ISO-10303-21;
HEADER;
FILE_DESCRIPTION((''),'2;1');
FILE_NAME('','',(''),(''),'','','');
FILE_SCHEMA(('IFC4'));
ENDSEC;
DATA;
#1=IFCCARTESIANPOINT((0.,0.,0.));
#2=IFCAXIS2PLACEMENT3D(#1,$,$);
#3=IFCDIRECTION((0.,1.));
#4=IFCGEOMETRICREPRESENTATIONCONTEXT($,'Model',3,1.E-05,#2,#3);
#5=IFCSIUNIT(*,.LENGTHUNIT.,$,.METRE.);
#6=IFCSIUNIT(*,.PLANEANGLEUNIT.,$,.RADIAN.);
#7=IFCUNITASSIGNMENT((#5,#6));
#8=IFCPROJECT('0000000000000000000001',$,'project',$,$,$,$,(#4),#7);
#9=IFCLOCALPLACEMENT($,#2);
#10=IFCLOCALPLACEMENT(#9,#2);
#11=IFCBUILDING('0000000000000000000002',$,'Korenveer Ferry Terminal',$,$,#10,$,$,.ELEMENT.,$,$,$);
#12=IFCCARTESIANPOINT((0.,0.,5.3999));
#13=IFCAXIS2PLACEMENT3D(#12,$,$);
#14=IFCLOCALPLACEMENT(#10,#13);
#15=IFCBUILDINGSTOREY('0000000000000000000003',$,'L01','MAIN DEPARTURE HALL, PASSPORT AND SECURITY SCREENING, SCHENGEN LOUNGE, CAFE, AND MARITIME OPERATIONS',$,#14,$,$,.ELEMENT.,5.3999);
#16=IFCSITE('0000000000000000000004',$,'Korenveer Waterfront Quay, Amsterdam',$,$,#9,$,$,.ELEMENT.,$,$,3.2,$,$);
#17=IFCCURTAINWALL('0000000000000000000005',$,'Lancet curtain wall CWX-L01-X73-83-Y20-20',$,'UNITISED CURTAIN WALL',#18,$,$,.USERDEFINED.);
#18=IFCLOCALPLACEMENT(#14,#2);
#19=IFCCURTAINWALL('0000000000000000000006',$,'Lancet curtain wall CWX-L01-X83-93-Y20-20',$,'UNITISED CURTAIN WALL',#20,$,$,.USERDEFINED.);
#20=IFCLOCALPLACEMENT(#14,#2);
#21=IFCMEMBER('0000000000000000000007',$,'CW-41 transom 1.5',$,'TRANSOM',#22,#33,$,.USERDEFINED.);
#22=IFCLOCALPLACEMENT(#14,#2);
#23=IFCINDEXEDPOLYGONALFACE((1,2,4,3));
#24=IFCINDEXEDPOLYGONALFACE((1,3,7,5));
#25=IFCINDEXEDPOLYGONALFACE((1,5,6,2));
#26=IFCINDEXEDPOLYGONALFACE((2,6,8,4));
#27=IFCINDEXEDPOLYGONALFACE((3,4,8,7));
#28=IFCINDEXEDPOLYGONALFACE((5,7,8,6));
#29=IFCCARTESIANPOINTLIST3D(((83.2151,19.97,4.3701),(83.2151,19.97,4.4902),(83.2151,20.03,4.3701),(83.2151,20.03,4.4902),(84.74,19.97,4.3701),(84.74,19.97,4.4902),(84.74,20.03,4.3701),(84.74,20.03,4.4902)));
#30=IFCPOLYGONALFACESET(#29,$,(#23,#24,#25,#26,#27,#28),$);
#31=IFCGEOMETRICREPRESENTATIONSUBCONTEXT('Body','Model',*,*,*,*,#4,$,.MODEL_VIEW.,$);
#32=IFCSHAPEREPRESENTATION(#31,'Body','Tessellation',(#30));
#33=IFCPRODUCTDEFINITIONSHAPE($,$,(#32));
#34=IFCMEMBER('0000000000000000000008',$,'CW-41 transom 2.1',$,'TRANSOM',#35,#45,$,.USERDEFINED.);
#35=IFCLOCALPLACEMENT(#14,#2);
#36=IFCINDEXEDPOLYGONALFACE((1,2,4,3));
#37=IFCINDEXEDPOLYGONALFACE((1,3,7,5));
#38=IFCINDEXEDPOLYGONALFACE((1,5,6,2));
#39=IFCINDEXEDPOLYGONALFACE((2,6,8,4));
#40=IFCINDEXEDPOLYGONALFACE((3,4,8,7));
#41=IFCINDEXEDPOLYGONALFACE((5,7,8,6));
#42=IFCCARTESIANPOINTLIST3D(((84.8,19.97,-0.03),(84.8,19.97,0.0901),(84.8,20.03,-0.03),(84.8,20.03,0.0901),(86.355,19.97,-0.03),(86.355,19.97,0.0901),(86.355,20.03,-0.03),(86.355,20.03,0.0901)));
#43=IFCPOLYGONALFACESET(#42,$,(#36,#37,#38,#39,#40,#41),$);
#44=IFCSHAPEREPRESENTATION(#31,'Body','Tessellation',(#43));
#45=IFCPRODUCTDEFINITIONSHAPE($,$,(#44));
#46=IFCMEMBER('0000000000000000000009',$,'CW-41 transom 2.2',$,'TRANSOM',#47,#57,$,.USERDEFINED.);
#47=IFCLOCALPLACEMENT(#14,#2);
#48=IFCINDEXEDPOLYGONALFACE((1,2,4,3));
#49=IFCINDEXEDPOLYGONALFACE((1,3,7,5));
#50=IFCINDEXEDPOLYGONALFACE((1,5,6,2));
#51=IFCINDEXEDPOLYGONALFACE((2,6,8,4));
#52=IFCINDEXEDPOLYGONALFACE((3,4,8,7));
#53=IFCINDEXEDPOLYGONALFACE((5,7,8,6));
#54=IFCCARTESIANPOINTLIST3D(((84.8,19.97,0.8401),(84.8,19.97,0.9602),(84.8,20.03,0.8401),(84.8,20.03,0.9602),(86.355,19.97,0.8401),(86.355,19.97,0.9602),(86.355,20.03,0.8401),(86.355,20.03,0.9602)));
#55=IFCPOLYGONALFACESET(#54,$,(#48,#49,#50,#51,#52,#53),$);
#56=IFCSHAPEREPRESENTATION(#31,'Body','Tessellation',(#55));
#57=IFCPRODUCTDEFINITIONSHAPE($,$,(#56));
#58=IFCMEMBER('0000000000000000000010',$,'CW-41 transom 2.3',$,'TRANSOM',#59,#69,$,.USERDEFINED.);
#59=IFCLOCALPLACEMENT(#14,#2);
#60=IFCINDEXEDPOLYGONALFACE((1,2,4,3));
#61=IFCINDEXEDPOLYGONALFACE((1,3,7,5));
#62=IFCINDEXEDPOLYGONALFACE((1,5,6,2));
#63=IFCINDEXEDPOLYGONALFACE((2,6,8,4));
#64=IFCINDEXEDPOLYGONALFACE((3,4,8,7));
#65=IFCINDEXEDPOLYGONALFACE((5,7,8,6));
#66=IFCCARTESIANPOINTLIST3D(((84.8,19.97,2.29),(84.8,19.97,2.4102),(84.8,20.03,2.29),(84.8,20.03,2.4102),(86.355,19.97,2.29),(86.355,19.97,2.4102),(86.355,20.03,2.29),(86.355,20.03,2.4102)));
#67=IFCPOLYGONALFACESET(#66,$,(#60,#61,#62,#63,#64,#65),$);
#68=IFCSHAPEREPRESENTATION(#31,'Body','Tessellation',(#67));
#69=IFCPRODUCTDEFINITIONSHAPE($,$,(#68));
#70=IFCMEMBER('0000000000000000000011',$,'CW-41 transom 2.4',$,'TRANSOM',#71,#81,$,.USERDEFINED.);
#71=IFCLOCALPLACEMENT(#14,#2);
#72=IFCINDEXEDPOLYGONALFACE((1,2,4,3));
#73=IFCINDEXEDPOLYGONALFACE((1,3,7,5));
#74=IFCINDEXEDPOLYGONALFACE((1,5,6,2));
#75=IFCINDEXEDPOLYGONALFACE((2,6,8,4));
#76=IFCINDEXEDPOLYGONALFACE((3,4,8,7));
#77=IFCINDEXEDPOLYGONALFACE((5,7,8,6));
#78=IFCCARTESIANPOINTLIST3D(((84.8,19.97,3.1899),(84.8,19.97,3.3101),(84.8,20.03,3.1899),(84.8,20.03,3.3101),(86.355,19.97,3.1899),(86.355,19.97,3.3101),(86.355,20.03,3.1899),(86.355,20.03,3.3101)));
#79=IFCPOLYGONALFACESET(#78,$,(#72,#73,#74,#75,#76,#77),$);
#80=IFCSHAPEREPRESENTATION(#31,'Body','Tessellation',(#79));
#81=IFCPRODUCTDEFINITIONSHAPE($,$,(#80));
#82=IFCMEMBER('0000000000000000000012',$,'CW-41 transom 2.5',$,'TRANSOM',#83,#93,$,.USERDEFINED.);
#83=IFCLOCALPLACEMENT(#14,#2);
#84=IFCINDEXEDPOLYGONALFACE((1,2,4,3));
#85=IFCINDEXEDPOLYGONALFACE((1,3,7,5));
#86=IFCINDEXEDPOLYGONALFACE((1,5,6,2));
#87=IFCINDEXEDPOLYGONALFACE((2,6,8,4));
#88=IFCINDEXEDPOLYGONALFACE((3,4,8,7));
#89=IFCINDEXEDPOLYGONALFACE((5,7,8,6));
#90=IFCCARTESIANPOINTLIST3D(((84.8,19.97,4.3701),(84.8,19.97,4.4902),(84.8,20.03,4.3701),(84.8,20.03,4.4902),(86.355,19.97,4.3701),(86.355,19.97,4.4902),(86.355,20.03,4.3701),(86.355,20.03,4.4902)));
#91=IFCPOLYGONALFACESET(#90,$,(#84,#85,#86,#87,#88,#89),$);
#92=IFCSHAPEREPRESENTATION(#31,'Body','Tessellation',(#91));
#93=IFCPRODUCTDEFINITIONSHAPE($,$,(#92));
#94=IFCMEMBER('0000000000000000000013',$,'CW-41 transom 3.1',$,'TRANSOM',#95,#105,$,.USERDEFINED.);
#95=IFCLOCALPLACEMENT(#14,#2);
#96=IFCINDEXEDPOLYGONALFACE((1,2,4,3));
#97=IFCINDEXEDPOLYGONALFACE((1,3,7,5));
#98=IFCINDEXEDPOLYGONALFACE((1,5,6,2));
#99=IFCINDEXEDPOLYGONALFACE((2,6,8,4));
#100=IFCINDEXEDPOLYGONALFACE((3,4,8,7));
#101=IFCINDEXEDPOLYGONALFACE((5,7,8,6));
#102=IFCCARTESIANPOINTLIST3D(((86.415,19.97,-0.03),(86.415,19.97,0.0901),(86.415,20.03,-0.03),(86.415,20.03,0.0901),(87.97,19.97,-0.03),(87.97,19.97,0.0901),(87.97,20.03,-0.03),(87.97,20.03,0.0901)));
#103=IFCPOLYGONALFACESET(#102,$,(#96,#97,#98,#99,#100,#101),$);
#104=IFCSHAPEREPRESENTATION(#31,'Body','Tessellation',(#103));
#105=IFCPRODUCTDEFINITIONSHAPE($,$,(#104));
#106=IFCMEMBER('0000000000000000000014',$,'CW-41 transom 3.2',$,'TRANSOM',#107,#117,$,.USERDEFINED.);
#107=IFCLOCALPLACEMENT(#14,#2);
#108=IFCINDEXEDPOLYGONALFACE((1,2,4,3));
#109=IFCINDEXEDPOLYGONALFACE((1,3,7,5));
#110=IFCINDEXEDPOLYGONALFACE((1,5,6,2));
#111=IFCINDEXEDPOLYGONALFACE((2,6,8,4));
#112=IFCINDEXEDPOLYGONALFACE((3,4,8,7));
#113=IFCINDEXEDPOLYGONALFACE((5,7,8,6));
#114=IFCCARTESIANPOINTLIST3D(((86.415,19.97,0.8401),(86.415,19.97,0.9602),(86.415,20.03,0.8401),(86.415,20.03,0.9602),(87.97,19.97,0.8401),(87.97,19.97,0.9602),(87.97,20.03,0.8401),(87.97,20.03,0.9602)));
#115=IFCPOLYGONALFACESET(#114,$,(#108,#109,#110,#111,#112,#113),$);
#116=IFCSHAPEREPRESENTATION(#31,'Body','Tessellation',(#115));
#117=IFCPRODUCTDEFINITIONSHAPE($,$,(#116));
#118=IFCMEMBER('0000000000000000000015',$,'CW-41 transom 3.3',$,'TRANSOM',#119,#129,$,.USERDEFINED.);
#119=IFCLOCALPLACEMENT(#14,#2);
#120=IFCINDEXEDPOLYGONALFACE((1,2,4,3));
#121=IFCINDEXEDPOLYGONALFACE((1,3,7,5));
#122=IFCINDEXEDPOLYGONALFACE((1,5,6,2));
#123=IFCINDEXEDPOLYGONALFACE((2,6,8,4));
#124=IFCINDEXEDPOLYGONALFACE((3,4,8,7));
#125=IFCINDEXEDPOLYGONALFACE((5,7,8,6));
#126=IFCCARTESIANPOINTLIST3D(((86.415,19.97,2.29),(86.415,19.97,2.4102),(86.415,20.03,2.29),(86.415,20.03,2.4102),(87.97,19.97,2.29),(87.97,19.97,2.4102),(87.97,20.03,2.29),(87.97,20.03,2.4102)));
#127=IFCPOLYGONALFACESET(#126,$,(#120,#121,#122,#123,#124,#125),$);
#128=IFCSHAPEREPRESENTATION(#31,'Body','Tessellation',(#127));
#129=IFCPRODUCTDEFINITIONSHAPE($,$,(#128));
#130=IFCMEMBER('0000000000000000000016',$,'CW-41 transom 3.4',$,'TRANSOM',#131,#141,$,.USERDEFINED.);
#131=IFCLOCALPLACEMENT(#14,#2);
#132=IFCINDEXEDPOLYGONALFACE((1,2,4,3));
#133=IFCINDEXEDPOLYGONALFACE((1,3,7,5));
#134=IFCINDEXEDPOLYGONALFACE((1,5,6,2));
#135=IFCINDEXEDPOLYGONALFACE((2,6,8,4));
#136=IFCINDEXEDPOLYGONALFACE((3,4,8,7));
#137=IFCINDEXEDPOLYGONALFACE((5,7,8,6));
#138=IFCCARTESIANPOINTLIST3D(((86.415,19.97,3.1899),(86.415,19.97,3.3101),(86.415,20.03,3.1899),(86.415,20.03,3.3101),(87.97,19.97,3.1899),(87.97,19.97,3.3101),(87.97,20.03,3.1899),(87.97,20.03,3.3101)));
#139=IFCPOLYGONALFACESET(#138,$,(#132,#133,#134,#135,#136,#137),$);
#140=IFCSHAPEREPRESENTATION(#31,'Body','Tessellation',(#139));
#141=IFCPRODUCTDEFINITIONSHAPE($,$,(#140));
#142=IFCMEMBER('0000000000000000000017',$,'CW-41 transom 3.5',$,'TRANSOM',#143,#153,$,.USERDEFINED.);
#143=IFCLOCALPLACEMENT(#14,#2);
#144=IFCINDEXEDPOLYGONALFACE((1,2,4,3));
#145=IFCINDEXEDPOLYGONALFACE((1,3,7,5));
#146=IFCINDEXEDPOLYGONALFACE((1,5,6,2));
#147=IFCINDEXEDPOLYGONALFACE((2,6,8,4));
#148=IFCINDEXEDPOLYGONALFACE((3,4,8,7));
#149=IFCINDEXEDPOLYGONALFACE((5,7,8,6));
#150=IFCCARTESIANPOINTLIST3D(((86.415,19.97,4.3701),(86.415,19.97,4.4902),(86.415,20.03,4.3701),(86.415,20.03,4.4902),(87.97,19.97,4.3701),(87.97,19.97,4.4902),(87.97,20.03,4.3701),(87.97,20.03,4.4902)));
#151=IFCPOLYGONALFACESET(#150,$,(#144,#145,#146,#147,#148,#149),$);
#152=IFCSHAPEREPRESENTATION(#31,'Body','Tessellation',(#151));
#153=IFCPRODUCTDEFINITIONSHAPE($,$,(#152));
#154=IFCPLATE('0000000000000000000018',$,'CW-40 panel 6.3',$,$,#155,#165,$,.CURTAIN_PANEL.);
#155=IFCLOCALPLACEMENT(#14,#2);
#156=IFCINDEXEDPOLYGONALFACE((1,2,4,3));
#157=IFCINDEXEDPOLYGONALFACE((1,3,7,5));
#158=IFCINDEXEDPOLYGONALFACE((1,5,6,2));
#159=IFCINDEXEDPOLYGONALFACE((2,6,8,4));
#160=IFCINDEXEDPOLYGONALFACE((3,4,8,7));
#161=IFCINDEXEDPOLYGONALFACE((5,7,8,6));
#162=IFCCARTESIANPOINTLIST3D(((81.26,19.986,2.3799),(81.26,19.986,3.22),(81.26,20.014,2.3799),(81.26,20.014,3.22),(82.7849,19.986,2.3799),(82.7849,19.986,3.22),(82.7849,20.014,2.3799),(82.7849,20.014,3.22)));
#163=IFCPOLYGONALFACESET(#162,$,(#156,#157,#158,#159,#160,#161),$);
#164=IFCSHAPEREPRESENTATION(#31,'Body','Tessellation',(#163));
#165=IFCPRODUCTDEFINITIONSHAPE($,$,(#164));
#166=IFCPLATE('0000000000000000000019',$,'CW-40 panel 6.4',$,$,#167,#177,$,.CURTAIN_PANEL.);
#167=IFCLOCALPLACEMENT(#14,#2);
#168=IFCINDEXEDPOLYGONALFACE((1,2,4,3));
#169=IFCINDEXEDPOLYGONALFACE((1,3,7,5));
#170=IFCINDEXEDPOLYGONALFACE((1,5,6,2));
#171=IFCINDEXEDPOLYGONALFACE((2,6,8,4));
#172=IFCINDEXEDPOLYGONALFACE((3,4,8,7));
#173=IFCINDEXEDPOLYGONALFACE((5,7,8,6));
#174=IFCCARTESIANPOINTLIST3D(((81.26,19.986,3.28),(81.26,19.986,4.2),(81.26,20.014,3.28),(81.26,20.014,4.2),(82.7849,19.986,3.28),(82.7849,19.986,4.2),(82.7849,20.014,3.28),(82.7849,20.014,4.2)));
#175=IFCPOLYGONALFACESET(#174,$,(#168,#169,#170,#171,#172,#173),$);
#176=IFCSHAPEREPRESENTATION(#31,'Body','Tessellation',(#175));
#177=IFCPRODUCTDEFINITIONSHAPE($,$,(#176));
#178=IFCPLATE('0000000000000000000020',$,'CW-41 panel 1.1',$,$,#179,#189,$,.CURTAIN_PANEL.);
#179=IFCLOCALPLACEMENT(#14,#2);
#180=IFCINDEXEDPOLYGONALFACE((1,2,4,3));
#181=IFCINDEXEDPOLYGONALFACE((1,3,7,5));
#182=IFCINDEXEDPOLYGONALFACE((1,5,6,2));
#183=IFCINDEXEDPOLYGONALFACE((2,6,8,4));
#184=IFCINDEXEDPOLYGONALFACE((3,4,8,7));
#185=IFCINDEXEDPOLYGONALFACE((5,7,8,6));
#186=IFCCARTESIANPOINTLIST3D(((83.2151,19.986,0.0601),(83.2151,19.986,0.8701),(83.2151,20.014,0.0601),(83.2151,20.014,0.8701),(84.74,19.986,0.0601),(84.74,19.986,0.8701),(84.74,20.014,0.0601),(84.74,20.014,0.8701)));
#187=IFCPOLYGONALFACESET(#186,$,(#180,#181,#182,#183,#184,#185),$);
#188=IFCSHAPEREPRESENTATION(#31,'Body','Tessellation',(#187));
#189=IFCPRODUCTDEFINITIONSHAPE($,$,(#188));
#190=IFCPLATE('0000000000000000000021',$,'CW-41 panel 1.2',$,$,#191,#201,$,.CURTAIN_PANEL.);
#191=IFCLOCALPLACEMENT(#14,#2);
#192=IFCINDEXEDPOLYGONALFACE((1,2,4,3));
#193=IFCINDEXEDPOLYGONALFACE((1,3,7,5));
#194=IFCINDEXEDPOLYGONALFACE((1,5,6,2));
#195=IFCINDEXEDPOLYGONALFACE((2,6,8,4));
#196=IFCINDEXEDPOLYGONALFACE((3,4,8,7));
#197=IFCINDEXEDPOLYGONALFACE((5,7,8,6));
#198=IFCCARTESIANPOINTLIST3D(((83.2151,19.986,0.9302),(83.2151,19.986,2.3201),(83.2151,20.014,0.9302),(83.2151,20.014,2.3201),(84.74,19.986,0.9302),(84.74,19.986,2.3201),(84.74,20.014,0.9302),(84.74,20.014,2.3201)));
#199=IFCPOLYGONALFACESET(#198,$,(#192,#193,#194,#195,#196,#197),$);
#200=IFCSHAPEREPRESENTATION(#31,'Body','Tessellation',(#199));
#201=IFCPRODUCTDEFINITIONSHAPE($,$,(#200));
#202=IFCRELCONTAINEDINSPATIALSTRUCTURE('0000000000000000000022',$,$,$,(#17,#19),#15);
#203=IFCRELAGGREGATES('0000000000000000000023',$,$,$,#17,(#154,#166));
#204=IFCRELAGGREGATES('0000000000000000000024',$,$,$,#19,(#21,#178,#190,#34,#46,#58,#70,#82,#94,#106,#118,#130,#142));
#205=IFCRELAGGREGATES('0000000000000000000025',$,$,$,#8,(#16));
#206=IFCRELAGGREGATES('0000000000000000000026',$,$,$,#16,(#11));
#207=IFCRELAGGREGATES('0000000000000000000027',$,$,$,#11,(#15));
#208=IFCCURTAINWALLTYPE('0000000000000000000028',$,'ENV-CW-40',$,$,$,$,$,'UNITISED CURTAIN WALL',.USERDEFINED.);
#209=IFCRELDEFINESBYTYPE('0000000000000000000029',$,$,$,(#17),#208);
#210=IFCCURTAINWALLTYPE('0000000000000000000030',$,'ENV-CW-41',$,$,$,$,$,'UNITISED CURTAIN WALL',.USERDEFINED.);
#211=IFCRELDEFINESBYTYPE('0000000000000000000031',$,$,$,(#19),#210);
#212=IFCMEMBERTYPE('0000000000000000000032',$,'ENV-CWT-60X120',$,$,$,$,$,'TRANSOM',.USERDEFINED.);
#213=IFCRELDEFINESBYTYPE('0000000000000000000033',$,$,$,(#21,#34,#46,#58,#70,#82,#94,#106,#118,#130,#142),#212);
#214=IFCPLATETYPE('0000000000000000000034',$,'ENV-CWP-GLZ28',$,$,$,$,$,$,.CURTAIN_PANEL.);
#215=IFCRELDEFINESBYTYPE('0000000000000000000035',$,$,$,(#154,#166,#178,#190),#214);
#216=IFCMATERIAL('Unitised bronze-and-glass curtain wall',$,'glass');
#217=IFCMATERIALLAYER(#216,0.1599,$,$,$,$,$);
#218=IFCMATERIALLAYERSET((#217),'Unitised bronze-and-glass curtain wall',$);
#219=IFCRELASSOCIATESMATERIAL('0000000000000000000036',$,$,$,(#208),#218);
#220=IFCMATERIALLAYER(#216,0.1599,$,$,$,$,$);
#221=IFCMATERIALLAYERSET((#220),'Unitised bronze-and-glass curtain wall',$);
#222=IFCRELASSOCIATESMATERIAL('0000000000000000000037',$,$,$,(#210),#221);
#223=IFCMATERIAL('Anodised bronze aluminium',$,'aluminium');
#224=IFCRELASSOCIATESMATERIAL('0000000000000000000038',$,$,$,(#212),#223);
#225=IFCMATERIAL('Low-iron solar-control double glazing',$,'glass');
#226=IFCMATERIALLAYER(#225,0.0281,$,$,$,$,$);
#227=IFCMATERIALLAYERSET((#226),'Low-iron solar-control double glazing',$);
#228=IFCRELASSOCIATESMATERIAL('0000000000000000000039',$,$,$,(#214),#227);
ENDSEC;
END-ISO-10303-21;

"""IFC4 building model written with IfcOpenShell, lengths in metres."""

from ifc_helpers import new_model, si_unit, direction, frame, origin, origin_2d, place, context, subcontext, project, spatial, rectangle, extrude, material, layer, layer_set, material_profile, profile_set, type_object, element, aggregate, save


model = new_model("IFC4")

# Units and contexts
model_context = context("Model", 3, precision=1e-05, world=origin(), true_north=direction((0.0, 1.0)))
body_context = subcontext(model_context, "Body", "Model", "MODEL_VIEW")
ifc_project = project(units=[si_unit("LENGTHUNIT", "METRE"), si_unit("PLANEANGLEUNIT", "RADIAN")], contexts=[model_context])

# Site, building, storey
site_placement = place(None, origin())
site = spatial("IfcSite", under=ifc_project, at=site_placement, Name="Korenveer Waterfront Quay, Amsterdam", CompositionType="ELEMENT", RefElevation=3.2)
building_placement = place(site_placement, origin())
building = spatial("IfcBuilding", under=site, at=building_placement, Name="Korenveer Ferry Terminal", CompositionType="ELEMENT")
storey_placement = place(building_placement, frame((0.0, 0.0, 5.3999)))
storey = spatial("IfcBuildingStorey", under=building, at=storey_placement, Name="L01", Description="MAIN DEPARTURE HALL, PASSPORT AND SECURITY SCREENING, SCHENGEN LOUNGE, CAFE, AND MARITIME OPERATIONS", CompositionType="ELEMENT", Elevation=5.3999)

# Curtain wall
ifc_material_1 = material(Name="Unitised bronze-and-glass curtain wall", Category="glass")
ifc_layer_1 = layer(ifc_material_1, 0.1599)
ifc_layer_set_1 = layer_set([ifc_layer_1], Name="Unitised bronze-and-glass curtain wall")
curtain_wall_type_1 = type_object("IfcCurtainWallType", Name="ENV-CW-40", ElementType="UNITISED CURTAIN WALL", PredefinedType="USERDEFINED", material=ifc_layer_set_1)
curtain_wall_1_placement = place(storey_placement, frame((73.155, 20.0, 0.0)))
curtain_wall_1 = element("IfcCurtainWall", 1, at=curtain_wall_1_placement, inside=storey, type_object=curtain_wall_type_1, Name="Lancet curtain wall CWX-L01-X73-83-Y20-20", ObjectType="UNITISED CURTAIN WALL", PredefinedType="USERDEFINED")
ifc_material_2 = material(Name="Anodised bronze aluminium", Category="aluminium")

# Curtain wall, members
ifc_layer_2 = layer(ifc_material_1, 0.1599)
ifc_layer_set_2 = layer_set([ifc_layer_2], Name="Unitised bronze-and-glass curtain wall")
curtain_wall_type_2 = type_object("IfcCurtainWallType", Name="ENV-CW-41", ElementType="UNITISED CURTAIN WALL", PredefinedType="USERDEFINED", material=ifc_layer_set_2)
curtain_wall_2_placement = place(storey_placement, frame((83.155, 20.0, 0.0)))
curtain_wall_2 = element("IfcCurtainWall", 2, at=curtain_wall_2_placement, inside=storey, type_object=curtain_wall_type_2, Name="Lancet curtain wall CWX-L01-X83-93-Y20-20", ObjectType="UNITISED CURTAIN WALL", PredefinedType="USERDEFINED")
ifc_material_profile_1 = material_profile(ifc_material_2, rectangle(XDim=0.0601, YDim=0.1201, at=origin_2d()), Name="ALU 60x120")
ifc_profile_set_1 = profile_set([ifc_material_profile_1], Name="Anodised bronze aluminium")
member_type_1 = type_object("IfcMemberType", Name="ENV-CWT-60X120", ElementType="TRANSOM", PredefinedType="USERDEFINED", material=ifc_profile_set_1)
member_1_placement = place(storey_placement, frame((83.2151, 20.0, 4.4302), z_axis=(1.0, 0.0, 0.0), x_axis=(0.0, 1.0, 0.0)))
member_1 = element("IfcMember", 3, at=member_1_placement, type_object=member_type_1, Name="CW-41 transom 1.5", ObjectType="TRANSOM", PredefinedType="USERDEFINED", context=body_context, shape_type="SweptSolid", body=[
    extrude(rectangle(XDim=0.0601, YDim=0.1201, at=origin_2d()), origin(), (0.0, 0.0, 1.0), 1.5249),
])
member_2_placement = place(storey_placement, frame((84.8, 20.0, 0.03), z_axis=(1.0, 0.0, 0.0), x_axis=(0.0, 1.0, 0.0)))
member_2 = element("IfcMember", 4, at=member_2_placement, type_object=member_type_1, Name="CW-41 transom 2.1", ObjectType="TRANSOM", PredefinedType="USERDEFINED", context=body_context, shape_type="SweptSolid", body=[
    extrude(rectangle(XDim=0.0601, YDim=0.1201, at=origin_2d()), origin(), (0.0, 0.0, 1.0), 1.5549),
])
member_3_placement = place(storey_placement, frame((84.8, 20.0, 0.9001), z_axis=(1.0, 0.0, 0.0), x_axis=(0.0, 1.0, 0.0)))
member_3 = element("IfcMember", 5, at=member_3_placement, type_object=member_type_1, Name="CW-41 transom 2.2", ObjectType="TRANSOM", PredefinedType="USERDEFINED", context=body_context, shape_type="SweptSolid", body=[
    extrude(rectangle(XDim=0.0601, YDim=0.1201, at=origin_2d()), origin(), (0.0, 0.0, 1.0), 1.5549),
])
member_4_placement = place(storey_placement, frame((84.8, 20.0, 2.3501), z_axis=(1.0, 0.0, 0.0), x_axis=(0.0, 1.0, 0.0)))
member_4 = element("IfcMember", 6, at=member_4_placement, type_object=member_type_1, Name="CW-41 transom 2.3", ObjectType="TRANSOM", PredefinedType="USERDEFINED", context=body_context, shape_type="SweptSolid", body=[
    extrude(rectangle(XDim=0.0601, YDim=0.1201, at=origin_2d()), origin(), (0.0, 0.0, 1.0), 1.5549),
])
member_5_placement = place(storey_placement, frame((84.8, 20.0, 3.25), z_axis=(1.0, 0.0, 0.0), x_axis=(0.0, 1.0, 0.0)))
member_5 = element("IfcMember", 7, at=member_5_placement, type_object=member_type_1, Name="CW-41 transom 2.4", ObjectType="TRANSOM", PredefinedType="USERDEFINED", context=body_context, shape_type="SweptSolid", body=[
    extrude(rectangle(XDim=0.0601, YDim=0.1201, at=origin_2d()), origin(), (0.0, 0.0, 1.0), 1.5549),
])
member_6_placement = place(storey_placement, frame((84.8, 20.0, 4.4302), z_axis=(1.0, 0.0, 0.0), x_axis=(0.0, 1.0, 0.0)))
member_6 = element("IfcMember", 8, at=member_6_placement, type_object=member_type_1, Name="CW-41 transom 2.5", ObjectType="TRANSOM", PredefinedType="USERDEFINED", context=body_context, shape_type="SweptSolid", body=[
    extrude(rectangle(XDim=0.0601, YDim=0.1201, at=origin_2d()), origin(), (0.0, 0.0, 1.0), 1.5549),
])
member_7_placement = place(storey_placement, frame((86.415, 20.0, 0.03), z_axis=(1.0, 0.0, 0.0), x_axis=(0.0, 1.0, 0.0)))
member_7 = element("IfcMember", 9, at=member_7_placement, type_object=member_type_1, Name="CW-41 transom 3.1", ObjectType="TRANSOM", PredefinedType="USERDEFINED", context=body_context, shape_type="SweptSolid", body=[
    extrude(rectangle(XDim=0.0601, YDim=0.1201, at=origin_2d()), origin(), (0.0, 0.0, 1.0), 1.5549),
])
member_8_placement = place(storey_placement, frame((86.415, 20.0, 0.9001), z_axis=(1.0, 0.0, 0.0), x_axis=(0.0, 1.0, 0.0)))
member_8 = element("IfcMember", 10, at=member_8_placement, type_object=member_type_1, Name="CW-41 transom 3.2", ObjectType="TRANSOM", PredefinedType="USERDEFINED", context=body_context, shape_type="SweptSolid", body=[
    extrude(rectangle(XDim=0.0601, YDim=0.1201, at=origin_2d()), origin(), (0.0, 0.0, 1.0), 1.5549),
])
member_9_placement = place(storey_placement, frame((86.415, 20.0, 2.3501), z_axis=(1.0, 0.0, 0.0), x_axis=(0.0, 1.0, 0.0)))
member_9 = element("IfcMember", 11, at=member_9_placement, type_object=member_type_1, Name="CW-41 transom 3.3", ObjectType="TRANSOM", PredefinedType="USERDEFINED", context=body_context, shape_type="SweptSolid", body=[
    extrude(rectangle(XDim=0.0601, YDim=0.1201, at=origin_2d()), origin(), (0.0, 0.0, 1.0), 1.5549),
])
member_10_placement = place(storey_placement, frame((86.415, 20.0, 3.25), z_axis=(1.0, 0.0, 0.0), x_axis=(0.0, 1.0, 0.0)))
member_10 = element("IfcMember", 12, at=member_10_placement, type_object=member_type_1, Name="CW-41 transom 3.4", ObjectType="TRANSOM", PredefinedType="USERDEFINED", context=body_context, shape_type="SweptSolid", body=[
    extrude(rectangle(XDim=0.0601, YDim=0.1201, at=origin_2d()), origin(), (0.0, 0.0, 1.0), 1.5549),
])
member_11_placement = place(storey_placement, frame((86.415, 20.0, 4.4302), z_axis=(1.0, 0.0, 0.0), x_axis=(0.0, 1.0, 0.0)))
member_11 = element("IfcMember", 13, at=member_11_placement, type_object=member_type_1, Name="CW-41 transom 3.5", ObjectType="TRANSOM", PredefinedType="USERDEFINED", context=body_context, shape_type="SweptSolid", body=[
    extrude(rectangle(XDim=0.0601, YDim=0.1201, at=origin_2d()), origin(), (0.0, 0.0, 1.0), 1.5549),
])

# Plates
ifc_material_3 = material(Name="Low-iron solar-control double glazing", Category="glass")
ifc_layer_3 = layer(ifc_material_3, 0.0281)
ifc_layer_set_3 = layer_set([ifc_layer_3], Name="Low-iron solar-control double glazing")
plate_type_1 = type_object("IfcPlateType", Name="ENV-CWP-GLZ28", PredefinedType="CURTAIN_PANEL", material=ifc_layer_set_3)
plate_1_placement = place(storey_placement, frame((82.0225, 20.0, 2.3799), z_axis=(0.0, 0.0, 1.0), x_axis=(1.0, 0.0, 0.0)))
plate_1 = element("IfcPlate", 14, at=plate_1_placement, type_object=plate_type_1, Name="CW-40 panel 6.3", PredefinedType="CURTAIN_PANEL", context=body_context, shape_type="SweptSolid", body=[
    extrude(rectangle(XDim=1.5249, YDim=0.0281, at=origin_2d()), origin(), (0.0, 0.0, 1.0), 0.8401),
])
plate_2_placement = place(storey_placement, frame((82.0225, 20.0, 3.28), z_axis=(0.0, 0.0, 1.0), x_axis=(1.0, 0.0, 0.0)))
plate_2 = element("IfcPlate", 15, at=plate_2_placement, type_object=plate_type_1, Name="CW-40 panel 6.4", PredefinedType="CURTAIN_PANEL", context=body_context, shape_type="SweptSolid", body=[
    extrude(rectangle(XDim=1.5249, YDim=0.0281, at=origin_2d()), origin(), (0.0, 0.0, 1.0), 0.9199),
])
aggregate(curtain_wall_1, [plate_1, plate_2])
plate_3_placement = place(storey_placement, frame((83.9775, 20.0, 0.0601), z_axis=(0.0, 0.0, 1.0), x_axis=(1.0, 0.0, 0.0)))
plate_3 = element("IfcPlate", 16, at=plate_3_placement, type_object=plate_type_1, Name="CW-41 panel 1.1", PredefinedType="CURTAIN_PANEL", context=body_context, shape_type="SweptSolid", body=[
    extrude(rectangle(XDim=1.5249, YDim=0.0281, at=origin_2d()), origin(), (0.0, 0.0, 1.0), 0.8101),
])
plate_4_placement = place(storey_placement, frame((83.9775, 20.0, 0.9302), z_axis=(0.0, 0.0, 1.0), x_axis=(1.0, 0.0, 0.0)))
plate_4 = element("IfcPlate", 17, at=plate_4_placement, type_object=plate_type_1, Name="CW-41 panel 1.2", PredefinedType="CURTAIN_PANEL", context=body_context, shape_type="SweptSolid", body=[
    extrude(rectangle(XDim=1.5249, YDim=0.0281, at=origin_2d()), origin(), (0.0, 0.0, 1.0), 1.3899),
])
aggregate(curtain_wall_2, [member_1, plate_3, plate_4, member_2, member_3, member_4, member_5, member_6, member_7, member_8, member_9, member_10, member_11])

save(model, "model.ifc")
